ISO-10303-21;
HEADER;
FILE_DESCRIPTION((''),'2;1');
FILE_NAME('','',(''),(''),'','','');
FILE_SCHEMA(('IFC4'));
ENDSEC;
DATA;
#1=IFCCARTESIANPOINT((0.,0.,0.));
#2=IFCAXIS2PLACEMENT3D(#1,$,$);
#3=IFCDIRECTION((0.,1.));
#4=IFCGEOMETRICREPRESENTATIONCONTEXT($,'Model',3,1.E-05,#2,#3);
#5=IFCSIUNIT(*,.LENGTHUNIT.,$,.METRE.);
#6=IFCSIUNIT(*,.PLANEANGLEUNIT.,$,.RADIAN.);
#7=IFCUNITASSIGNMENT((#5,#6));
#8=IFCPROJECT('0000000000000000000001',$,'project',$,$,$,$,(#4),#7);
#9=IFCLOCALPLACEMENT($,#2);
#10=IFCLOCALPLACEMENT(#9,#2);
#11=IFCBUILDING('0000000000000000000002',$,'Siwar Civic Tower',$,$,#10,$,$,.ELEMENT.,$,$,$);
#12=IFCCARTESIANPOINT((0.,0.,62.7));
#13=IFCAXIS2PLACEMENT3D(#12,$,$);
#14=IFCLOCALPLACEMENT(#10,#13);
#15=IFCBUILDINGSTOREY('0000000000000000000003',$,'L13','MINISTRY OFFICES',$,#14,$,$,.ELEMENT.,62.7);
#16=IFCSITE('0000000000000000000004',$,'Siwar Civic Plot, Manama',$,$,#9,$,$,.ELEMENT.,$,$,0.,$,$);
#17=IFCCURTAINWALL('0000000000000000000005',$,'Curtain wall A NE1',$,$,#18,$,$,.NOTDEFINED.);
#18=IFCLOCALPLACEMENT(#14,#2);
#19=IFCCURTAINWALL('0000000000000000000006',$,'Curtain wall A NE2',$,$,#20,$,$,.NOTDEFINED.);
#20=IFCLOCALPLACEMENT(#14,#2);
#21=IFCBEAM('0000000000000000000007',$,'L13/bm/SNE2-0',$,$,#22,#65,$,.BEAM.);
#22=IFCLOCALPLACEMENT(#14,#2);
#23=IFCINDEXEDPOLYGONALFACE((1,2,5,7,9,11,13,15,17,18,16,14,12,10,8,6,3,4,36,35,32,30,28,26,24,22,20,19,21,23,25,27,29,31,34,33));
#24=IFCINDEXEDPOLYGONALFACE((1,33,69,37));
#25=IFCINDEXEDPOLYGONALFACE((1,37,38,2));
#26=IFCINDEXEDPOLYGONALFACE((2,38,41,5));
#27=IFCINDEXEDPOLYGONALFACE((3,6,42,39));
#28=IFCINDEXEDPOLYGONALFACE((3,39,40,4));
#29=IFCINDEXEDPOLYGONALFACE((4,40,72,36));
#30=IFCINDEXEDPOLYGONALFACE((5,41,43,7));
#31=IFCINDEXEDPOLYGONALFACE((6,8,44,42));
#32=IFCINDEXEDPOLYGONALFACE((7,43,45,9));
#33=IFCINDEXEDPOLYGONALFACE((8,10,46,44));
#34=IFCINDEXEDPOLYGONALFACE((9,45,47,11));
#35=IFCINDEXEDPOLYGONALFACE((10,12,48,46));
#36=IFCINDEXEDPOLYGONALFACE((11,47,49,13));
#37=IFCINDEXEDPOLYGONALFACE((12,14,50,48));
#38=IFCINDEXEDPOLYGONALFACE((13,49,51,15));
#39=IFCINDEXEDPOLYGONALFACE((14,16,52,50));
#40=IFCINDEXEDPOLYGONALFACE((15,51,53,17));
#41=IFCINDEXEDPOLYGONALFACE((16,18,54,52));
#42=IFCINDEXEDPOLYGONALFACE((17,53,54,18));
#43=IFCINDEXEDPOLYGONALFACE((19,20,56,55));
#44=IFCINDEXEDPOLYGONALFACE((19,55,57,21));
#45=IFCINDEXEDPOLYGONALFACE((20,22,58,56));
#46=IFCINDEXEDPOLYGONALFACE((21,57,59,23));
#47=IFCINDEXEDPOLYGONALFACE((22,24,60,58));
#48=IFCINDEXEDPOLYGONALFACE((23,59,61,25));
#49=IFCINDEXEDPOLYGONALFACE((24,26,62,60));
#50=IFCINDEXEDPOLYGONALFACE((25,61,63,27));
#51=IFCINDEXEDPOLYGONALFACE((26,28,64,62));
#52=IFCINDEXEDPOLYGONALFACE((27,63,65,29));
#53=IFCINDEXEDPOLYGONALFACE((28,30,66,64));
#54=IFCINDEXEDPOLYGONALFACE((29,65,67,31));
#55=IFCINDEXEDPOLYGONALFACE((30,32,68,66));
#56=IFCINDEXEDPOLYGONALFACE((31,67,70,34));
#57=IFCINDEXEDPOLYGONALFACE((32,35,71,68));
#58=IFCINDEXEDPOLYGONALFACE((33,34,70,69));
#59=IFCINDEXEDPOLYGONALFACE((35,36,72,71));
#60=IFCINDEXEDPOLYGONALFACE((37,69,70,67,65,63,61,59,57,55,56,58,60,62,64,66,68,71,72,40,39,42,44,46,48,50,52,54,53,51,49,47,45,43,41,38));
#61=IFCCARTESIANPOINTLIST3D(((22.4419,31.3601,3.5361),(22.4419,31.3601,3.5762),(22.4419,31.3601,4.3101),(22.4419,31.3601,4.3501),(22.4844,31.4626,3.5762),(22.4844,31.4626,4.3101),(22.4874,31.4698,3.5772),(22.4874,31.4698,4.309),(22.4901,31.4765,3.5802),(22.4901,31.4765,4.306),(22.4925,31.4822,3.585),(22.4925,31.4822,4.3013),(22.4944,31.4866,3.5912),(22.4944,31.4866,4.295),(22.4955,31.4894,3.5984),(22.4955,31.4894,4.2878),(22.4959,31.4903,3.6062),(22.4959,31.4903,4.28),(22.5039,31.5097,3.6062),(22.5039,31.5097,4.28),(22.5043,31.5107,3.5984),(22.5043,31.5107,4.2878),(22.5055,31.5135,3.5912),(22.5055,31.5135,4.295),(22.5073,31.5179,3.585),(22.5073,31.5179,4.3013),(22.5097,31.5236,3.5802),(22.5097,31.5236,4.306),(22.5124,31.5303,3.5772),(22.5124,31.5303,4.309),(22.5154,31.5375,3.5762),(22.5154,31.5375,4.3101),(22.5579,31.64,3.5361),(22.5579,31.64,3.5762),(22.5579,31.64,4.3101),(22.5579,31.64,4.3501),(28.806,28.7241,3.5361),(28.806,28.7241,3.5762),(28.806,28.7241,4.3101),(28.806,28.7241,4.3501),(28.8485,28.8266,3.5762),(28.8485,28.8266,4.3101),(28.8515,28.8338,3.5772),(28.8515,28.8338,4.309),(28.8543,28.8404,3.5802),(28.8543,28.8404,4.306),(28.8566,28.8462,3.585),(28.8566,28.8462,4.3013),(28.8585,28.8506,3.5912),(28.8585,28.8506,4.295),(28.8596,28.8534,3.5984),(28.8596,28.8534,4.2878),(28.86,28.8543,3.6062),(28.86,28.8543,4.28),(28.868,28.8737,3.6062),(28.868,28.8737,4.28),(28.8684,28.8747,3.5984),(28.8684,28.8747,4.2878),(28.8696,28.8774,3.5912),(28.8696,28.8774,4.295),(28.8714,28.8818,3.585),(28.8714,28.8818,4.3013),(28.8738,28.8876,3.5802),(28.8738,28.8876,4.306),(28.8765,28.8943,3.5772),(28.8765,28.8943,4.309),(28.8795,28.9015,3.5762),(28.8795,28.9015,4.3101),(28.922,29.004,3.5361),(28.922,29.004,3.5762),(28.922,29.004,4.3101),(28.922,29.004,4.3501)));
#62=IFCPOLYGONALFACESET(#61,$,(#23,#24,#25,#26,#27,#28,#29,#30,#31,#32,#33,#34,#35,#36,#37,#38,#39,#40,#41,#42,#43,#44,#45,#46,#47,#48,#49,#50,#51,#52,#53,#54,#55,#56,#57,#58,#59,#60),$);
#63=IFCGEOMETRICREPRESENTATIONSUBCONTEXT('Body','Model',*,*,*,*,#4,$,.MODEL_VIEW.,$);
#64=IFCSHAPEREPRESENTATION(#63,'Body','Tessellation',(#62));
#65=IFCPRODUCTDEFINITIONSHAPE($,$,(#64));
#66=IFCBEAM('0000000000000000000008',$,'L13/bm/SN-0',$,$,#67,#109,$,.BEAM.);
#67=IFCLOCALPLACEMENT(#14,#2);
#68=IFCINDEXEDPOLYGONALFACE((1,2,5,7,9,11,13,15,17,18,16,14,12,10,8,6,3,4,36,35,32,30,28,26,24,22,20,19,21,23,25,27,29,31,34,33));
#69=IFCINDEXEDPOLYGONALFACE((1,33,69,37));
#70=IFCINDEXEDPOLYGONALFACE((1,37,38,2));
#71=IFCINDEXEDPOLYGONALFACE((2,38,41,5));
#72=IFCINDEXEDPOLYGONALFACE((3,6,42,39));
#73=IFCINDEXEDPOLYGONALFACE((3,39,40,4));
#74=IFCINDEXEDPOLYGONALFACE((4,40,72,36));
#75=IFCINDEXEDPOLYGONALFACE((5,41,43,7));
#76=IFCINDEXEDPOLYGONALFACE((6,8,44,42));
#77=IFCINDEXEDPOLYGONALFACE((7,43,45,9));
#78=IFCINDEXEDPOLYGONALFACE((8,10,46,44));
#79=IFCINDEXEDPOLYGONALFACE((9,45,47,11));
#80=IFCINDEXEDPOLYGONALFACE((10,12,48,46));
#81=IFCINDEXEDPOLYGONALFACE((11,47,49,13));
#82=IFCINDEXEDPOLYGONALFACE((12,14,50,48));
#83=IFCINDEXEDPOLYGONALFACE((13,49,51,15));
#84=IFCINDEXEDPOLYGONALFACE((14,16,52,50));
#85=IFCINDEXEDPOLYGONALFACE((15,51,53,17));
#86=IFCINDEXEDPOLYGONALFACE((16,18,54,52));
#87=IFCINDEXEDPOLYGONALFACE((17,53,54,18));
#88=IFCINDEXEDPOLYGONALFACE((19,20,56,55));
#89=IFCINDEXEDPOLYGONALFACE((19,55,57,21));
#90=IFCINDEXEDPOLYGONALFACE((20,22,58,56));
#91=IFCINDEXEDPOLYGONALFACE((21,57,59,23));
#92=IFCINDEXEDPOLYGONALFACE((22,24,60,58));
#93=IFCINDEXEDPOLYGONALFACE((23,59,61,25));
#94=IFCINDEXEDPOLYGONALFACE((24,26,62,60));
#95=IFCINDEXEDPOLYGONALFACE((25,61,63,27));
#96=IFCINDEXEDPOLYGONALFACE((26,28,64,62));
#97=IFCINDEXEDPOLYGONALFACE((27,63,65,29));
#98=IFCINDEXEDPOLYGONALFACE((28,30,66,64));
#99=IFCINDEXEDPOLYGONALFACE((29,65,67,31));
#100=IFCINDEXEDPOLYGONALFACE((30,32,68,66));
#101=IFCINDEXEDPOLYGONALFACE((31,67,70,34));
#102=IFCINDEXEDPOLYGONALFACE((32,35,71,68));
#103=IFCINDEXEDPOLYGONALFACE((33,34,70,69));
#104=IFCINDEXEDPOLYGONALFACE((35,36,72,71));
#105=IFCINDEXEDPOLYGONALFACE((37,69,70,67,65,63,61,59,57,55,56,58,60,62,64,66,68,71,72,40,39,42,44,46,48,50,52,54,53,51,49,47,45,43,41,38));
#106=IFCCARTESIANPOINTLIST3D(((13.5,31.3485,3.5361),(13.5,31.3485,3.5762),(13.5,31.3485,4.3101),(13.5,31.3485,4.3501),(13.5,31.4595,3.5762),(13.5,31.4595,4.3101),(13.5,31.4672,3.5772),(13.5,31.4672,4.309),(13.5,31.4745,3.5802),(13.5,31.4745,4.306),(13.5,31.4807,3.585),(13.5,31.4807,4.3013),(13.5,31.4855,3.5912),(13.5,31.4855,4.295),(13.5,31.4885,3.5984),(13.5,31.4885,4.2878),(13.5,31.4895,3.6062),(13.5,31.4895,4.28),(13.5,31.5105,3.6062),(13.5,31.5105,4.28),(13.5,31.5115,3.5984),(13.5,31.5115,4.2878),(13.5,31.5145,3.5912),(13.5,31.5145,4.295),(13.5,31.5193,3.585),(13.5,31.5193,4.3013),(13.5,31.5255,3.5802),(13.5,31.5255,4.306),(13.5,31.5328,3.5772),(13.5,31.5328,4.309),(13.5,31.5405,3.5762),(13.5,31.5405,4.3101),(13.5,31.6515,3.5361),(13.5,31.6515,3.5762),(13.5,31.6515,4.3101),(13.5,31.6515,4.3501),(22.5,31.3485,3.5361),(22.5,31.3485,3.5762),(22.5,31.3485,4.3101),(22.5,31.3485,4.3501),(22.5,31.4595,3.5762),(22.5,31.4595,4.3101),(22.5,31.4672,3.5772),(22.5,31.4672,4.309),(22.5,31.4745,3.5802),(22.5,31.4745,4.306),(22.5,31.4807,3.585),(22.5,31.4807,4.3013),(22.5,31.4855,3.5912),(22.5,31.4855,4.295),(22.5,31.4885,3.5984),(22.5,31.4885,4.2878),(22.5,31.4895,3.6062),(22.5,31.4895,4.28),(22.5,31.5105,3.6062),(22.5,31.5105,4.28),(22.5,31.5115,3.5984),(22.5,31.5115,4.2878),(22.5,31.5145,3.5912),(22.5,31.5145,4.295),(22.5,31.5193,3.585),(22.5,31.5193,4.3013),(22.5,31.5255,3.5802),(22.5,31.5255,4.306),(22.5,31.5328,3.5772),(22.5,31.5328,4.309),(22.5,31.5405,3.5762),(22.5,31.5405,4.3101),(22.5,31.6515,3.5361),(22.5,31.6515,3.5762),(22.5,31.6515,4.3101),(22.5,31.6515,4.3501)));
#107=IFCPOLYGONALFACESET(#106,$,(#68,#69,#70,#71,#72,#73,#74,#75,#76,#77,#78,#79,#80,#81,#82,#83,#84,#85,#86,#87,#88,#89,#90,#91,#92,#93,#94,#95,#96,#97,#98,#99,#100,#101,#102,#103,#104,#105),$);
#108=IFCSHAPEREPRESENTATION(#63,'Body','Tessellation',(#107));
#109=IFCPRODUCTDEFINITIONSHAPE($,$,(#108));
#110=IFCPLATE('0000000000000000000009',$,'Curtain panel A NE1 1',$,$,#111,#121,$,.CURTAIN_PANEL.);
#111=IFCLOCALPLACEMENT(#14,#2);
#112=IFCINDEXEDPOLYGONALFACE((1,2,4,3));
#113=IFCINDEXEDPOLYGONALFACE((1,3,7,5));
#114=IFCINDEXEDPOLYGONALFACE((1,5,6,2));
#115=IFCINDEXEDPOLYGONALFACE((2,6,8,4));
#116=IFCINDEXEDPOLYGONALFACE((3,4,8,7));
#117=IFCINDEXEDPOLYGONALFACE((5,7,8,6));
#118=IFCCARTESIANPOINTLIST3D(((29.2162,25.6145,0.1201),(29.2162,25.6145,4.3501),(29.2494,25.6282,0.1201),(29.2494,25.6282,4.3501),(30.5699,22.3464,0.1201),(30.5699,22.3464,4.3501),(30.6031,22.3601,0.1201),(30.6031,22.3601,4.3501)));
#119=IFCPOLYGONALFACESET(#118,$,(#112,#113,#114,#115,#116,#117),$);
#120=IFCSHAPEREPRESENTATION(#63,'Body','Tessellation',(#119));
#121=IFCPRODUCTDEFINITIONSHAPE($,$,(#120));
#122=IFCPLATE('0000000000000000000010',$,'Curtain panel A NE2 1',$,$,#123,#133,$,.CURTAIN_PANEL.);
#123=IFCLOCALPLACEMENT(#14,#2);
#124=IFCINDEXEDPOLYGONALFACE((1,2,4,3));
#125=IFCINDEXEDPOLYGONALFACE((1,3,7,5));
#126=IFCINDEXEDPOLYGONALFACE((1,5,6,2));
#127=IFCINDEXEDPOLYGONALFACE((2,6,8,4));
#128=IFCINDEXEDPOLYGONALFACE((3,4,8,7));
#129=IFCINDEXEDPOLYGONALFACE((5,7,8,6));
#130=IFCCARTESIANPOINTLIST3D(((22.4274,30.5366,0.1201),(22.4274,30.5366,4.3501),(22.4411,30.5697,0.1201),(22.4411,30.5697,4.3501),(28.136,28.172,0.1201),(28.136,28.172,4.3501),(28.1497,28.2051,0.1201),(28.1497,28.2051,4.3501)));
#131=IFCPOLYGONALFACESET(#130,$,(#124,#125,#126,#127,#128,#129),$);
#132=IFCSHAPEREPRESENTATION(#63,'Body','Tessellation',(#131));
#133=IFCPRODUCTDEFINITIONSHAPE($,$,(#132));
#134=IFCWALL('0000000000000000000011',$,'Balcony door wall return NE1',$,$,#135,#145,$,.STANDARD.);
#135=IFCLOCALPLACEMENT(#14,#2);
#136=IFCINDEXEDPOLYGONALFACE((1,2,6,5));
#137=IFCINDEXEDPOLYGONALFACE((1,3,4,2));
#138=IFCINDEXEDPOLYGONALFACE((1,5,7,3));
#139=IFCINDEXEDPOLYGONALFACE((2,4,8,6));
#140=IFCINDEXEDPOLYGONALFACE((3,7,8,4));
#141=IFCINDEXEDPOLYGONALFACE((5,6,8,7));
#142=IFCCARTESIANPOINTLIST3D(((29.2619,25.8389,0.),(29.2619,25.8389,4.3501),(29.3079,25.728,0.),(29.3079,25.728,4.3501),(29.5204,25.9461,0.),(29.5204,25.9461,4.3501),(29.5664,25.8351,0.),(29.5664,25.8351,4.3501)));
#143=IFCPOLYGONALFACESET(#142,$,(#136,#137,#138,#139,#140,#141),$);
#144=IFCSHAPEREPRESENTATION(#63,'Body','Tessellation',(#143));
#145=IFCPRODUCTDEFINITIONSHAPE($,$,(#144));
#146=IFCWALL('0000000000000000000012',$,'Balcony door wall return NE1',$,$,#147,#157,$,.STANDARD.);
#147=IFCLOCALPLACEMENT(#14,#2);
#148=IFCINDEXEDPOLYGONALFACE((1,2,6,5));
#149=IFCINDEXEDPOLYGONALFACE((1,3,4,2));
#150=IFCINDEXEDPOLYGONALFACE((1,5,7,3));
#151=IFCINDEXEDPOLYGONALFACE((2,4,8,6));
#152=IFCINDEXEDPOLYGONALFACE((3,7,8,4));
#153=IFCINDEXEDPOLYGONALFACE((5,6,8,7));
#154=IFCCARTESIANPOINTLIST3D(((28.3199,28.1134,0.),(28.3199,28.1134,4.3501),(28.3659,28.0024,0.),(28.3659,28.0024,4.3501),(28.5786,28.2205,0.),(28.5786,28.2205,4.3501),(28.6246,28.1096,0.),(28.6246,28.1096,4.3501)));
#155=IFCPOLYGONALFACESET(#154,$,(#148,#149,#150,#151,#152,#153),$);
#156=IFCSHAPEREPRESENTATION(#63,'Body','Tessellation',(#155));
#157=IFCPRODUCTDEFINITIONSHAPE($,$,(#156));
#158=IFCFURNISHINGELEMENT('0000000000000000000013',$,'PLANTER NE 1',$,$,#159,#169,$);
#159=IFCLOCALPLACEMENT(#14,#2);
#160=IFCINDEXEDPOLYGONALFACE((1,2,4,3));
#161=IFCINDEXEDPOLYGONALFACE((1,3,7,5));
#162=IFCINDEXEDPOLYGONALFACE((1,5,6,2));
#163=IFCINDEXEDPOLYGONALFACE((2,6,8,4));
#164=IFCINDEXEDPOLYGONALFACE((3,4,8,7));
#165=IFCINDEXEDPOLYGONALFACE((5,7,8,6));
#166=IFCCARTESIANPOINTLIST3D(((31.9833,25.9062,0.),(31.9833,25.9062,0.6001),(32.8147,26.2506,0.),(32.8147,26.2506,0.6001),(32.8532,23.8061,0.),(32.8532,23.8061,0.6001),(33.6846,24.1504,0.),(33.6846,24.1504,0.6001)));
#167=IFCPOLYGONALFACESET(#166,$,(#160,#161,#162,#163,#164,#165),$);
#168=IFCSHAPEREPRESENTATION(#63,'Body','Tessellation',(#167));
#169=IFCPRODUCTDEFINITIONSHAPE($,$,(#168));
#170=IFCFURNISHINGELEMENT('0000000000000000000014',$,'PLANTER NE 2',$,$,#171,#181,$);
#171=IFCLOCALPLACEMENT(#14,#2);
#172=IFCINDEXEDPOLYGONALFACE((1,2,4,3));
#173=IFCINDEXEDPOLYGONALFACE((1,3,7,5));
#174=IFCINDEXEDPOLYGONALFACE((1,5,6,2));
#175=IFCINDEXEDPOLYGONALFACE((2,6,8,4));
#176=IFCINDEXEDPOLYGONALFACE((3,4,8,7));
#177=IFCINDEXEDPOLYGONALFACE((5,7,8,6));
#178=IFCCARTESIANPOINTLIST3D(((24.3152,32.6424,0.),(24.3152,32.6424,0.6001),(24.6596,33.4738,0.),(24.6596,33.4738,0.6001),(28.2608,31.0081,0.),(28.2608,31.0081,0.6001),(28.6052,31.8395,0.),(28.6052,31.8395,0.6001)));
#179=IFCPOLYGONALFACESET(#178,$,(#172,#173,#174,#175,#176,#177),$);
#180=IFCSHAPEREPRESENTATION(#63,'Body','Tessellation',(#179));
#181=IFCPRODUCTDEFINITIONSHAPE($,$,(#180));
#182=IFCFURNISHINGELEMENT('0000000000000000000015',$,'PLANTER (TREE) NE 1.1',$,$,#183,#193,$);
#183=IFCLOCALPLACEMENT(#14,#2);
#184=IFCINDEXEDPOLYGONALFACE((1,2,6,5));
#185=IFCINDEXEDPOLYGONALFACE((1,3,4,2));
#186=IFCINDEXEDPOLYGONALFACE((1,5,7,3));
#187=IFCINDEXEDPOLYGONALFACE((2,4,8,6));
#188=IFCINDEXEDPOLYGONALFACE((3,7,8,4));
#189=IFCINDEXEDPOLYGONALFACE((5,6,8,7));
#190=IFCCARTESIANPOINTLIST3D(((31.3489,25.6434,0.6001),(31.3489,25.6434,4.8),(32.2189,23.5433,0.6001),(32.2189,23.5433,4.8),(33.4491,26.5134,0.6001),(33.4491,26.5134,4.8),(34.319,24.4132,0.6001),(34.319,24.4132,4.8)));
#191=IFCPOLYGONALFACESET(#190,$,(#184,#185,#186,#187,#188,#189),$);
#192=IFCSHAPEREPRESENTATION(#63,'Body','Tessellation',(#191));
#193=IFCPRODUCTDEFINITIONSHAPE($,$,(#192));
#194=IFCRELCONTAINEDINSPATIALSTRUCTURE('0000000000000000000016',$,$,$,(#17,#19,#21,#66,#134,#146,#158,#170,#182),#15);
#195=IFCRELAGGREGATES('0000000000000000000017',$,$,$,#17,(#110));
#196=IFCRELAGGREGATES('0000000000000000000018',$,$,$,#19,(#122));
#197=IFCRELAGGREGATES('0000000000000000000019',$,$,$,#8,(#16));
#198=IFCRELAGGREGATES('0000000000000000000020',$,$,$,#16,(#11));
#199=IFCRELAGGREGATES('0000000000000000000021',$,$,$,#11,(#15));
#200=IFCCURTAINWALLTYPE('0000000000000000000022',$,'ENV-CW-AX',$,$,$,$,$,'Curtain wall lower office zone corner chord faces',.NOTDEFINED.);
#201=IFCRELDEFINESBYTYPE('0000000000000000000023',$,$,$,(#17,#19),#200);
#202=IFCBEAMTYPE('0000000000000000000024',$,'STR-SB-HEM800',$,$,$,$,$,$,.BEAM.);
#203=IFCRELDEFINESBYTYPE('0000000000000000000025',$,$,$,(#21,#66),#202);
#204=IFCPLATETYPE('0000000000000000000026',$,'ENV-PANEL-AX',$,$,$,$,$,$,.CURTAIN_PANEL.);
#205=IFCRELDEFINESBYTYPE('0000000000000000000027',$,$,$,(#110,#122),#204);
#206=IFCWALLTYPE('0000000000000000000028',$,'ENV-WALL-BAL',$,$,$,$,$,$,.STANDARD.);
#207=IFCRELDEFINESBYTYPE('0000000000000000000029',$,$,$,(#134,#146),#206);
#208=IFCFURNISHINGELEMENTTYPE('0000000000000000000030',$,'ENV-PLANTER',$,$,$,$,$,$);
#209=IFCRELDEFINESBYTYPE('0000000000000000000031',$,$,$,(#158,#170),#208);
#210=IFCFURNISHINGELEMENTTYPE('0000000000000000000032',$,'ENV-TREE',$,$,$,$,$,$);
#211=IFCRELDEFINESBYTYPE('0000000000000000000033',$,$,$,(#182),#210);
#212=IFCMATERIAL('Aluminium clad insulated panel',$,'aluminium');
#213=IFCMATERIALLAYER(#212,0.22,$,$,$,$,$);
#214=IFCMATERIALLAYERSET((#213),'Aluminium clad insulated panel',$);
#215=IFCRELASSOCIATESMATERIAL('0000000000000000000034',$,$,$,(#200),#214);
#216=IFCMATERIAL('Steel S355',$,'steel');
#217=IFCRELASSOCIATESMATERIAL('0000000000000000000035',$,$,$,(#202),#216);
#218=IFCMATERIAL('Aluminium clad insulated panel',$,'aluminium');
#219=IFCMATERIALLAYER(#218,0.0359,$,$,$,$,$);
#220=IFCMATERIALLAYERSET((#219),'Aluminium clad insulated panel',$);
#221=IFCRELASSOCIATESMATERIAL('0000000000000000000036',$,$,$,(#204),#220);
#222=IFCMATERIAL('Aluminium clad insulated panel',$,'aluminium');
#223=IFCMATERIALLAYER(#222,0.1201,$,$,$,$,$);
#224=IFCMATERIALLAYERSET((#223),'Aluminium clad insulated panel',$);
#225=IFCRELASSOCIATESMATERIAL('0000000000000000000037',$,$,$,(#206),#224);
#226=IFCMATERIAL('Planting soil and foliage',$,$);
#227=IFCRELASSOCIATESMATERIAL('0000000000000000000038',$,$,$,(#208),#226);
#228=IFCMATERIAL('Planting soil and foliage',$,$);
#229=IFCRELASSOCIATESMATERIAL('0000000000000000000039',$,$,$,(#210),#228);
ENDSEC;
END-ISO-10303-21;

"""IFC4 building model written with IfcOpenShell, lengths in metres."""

from ifc_helpers import new_model, si_unit, direction, frame, frame_2d, origin, origin_2d, place, context, subcontext, project, spatial, rectangle, i_section, extrude, material, layer, layer_set, material_profile, profile_set, type_object, element, aggregate, save


model = new_model("IFC4")

# Units and contexts
model_context = context("Model", 3, precision=1e-05, world=origin(), true_north=direction((0.0, 1.0)))
body_context = subcontext(model_context, "Body", "Model", "MODEL_VIEW")
ifc_project = project(units=[si_unit("LENGTHUNIT", "METRE"), si_unit("PLANEANGLEUNIT", "RADIAN")], contexts=[model_context])

# Site, building, storey
site_placement = place(None, origin())
site = spatial("IfcSite", under=ifc_project, at=site_placement, Name="Siwar Civic Plot, Manama", CompositionType="ELEMENT", RefElevation=0.0)
building_placement = place(site_placement, origin())
building = spatial("IfcBuilding", under=site, at=building_placement, Name="Siwar Civic Tower", CompositionType="ELEMENT")
storey_placement = place(building_placement, frame((0.0, 0.0, 62.7)))
storey = spatial("IfcBuildingStorey", under=building, at=storey_placement, Name="L13", Description="MINISTRY OFFICES", CompositionType="ELEMENT", Elevation=62.7)

# Curtain walls
ifc_material_1 = material(Name="Aluminium clad insulated panel", Category="aluminium")
ifc_layer_1 = layer(ifc_material_1, 0.22)
ifc_layer_set_1 = layer_set([ifc_layer_1], Name="Aluminium clad insulated panel")
curtain_wall_type_1 = type_object("IfcCurtainWallType", Name="ENV-CW-AX", ElementType="Curtain wall lower office zone corner chord faces", PredefinedType="NOTDEFINED", material=ifc_layer_set_1)
curtain_wall_1_placement = place(storey_placement, origin())
curtain_wall_1 = element("IfcCurtainWall", 1, at=curtain_wall_1_placement, inside=storey, type_object=curtain_wall_type_1, Name="Curtain wall A NE1", PredefinedType="NOTDEFINED")
curtain_wall_2_placement = place(storey_placement, origin())
curtain_wall_2 = element("IfcCurtainWall", 2, at=curtain_wall_2_placement, inside=storey, type_object=curtain_wall_type_1, Name="Curtain wall A NE2", PredefinedType="NOTDEFINED")

# Beams
ifc_material_2 = material(Name="Steel S355", Category="steel")
ifc_material_profile_1 = material_profile(ifc_material_2, i_section(OverallWidth=0.303, OverallDepth=0.814, WebThickness=0.021, FlangeThickness=0.04, FilletRadius=0.03, at=origin_2d()), Name="HEM800")
ifc_profile_set_1 = profile_set([ifc_material_profile_1], Name="Steel S355")
beam_type_1 = type_object("IfcBeamType", Name="STR-SB-HEM800", PredefinedType="BEAM", material=ifc_profile_set_1)
beam_1_placement = place(storey_placement, frame((28.864, 28.864, 3.9431), z_axis=(-0.923883, 0.382674, 0.0), x_axis=(-0.382674, -0.923883, 0.0)))
element("IfcBeam", 3, at=beam_1_placement, inside=storey, type_object=beam_type_1, Name="L13/bm/SNE2-0", PredefinedType="BEAM", context=body_context, shape_type="SweptSolid", body=[
    extrude(i_section(OverallWidth=0.303, OverallDepth=0.814, WebThickness=0.021, FlangeThickness=0.04, FilletRadius=0.03, at=origin_2d()), origin(), (0.0, 0.0, 1.0), 6.8884),
])
beam_2_placement = place(storey_placement, frame((22.5, 31.5, 3.9431), z_axis=(-1.0, 0.0, 0.0), x_axis=(0.0, -1.0, 0.0)))
element("IfcBeam", 4, at=beam_2_placement, inside=storey, type_object=beam_type_1, Name="L13/bm/SN-0", PredefinedType="BEAM", context=body_context, shape_type="SweptSolid", body=[
    extrude(i_section(OverallWidth=0.303, OverallDepth=0.814, WebThickness=0.021, FlangeThickness=0.04, FilletRadius=0.03, at=origin_2d()), origin(), (0.0, 0.0, 1.0), 9.0),
])

# Plates
ifc_material_3 = material(Name="Aluminium clad insulated panel", Category="aluminium")
ifc_layer_2 = layer(ifc_material_3, 0.0359)
ifc_layer_set_2 = layer_set([ifc_layer_2], Name="Aluminium clad insulated panel")
plate_type = type_object("IfcPlateType", Name="ENV-PANEL-AX", PredefinedType="CURTAIN_PANEL", material=ifc_layer_set_2)
plate_1_placement = place(storey_placement, frame((29.9097, 23.9873, 0.1201), z_axis=(0.0, 0.0, 1.0), x_axis=(-0.382683, 0.92388, 0.0)))
plate_1 = element("IfcPlate", 5, at=plate_1_placement, type_object=plate_type, Name="Curtain panel A NE1 1", PredefinedType="CURTAIN_PANEL", context=body_context, shape_type="SweptSolid", body=[
    extrude(rectangle(XDim=3.5374, YDim=0.0359, at=origin_2d()), origin(), (0.0, 0.0, 1.0), 4.23),
])
aggregate(curtain_wall_1, [plate_1])
plate_2_placement = place(storey_placement, frame((25.2886, 29.3708, 0.1201), z_axis=(0.0, 0.0, 1.0), x_axis=(-0.92388, 0.382683, 0.0)))
plate_2 = element("IfcPlate", 6, at=plate_2_placement, type_object=plate_type, Name="Curtain panel A NE2 1", PredefinedType="CURTAIN_PANEL", context=body_context, shape_type="SweptSolid", body=[
    extrude(rectangle(XDim=6.179, YDim=0.0359, at=origin_2d()), origin(), (0.0, 0.0, 1.0), 4.23),
])
aggregate(curtain_wall_2, [plate_2])

# Walls
ifc_material_4 = material(Name="Aluminium clad insulated panel", Category="aluminium")
ifc_layer_3 = layer(ifc_material_4, 0.1201)
ifc_layer_set_3 = layer_set([ifc_layer_3], Name="Aluminium clad insulated panel")
wall_type = type_object("IfcWallType", Name="ENV-WALL-BAL", PredefinedType="STANDARD", material=ifc_layer_set_3)
wall_1_placement = place(storey_placement, frame((29.2849, 25.7834, 0.0), z_axis=(0.0, 0.0, 1.0), x_axis=(0.923772, 0.382942, 0.0)))
element("IfcWall", 7, at=wall_1_placement, inside=storey, type_object=wall_type, Name="Balcony door wall return NE1", PredefinedType="STANDARD", context=body_context, shape_type="SweptSolid", body=[
    extrude(rectangle(XDim=0.2798, YDim=0.1201, at=frame_2d((0.1399, 0.0))), origin(), (0.0, 0.0, 1.0), 4.3501),
])
wall_2_placement = place(storey_placement, frame((28.3428, 28.0579, 0.0), z_axis=(0.0, 0.0, 1.0), x_axis=(0.9239, 0.382634, 0.0)))
element("IfcWall", 8, at=wall_2_placement, inside=storey, type_object=wall_type, Name="Balcony door wall return NE1", PredefinedType="STANDARD", context=body_context, shape_type="SweptSolid", body=[
    extrude(rectangle(XDim=0.28, YDim=0.1201, at=frame_2d((0.1401, 0.0))), origin(), (0.0, 0.0, 1.0), 4.3501),
])

# Furnishing elements
ifc_material_5 = material(Name="Planting soil and foliage")
furnishing_element_type_1 = type_object("IfcFurnishingElementType", Name="ENV-PLANTER", material=ifc_material_5)
furnishing_1_placement = place(storey_placement, frame((32.834, 25.0283, 0.0), z_axis=(0.0, 0.0, 1.0), x_axis=(-0.382683, 0.92388, 0.0)))
element("IfcFurnishingElement", 9, at=furnishing_1_placement, inside=storey, type_object=furnishing_element_type_1, Name="PLANTER NE 1", context=body_context, shape_type="SweptSolid", body=[
    extrude(rectangle(XDim=2.2732, YDim=0.8999, at=origin_2d()), origin(), (0.0, 0.0, 1.0), 0.6001),
])
furnishing_2_placement = place(storey_placement, frame((26.4602, 32.241, 0.0), z_axis=(0.0, 0.0, 1.0), x_axis=(-0.92388, 0.382683, 0.0)))
element("IfcFurnishingElement", 10, at=furnishing_2_placement, inside=storey, type_object=furnishing_element_type_1, Name="PLANTER NE 2", context=body_context, shape_type="SweptSolid", body=[
    extrude(rectangle(XDim=4.2708, YDim=0.8999, at=origin_2d()), origin(), (0.0, 0.0, 1.0), 0.6001),
])
ifc_material_6 = material(Name="Planting soil and foliage")
furnishing_element_type_2 = type_object("IfcFurnishingElementType", Name="ENV-TREE", material=ifc_material_6)
furnishing_3_placement = place(storey_placement, frame((32.834, 25.0283, 0.6001), z_axis=(0.0, 0.0, 1.0), x_axis=(-0.382683, 0.92388, 0.0)))
element("IfcFurnishingElement", 11, at=furnishing_3_placement, inside=storey, type_object=furnishing_element_type_2, Name="PLANTER (TREE) NE 1.1", context=body_context, shape_type="SweptSolid", body=[
    extrude(rectangle(XDim=2.2732, YDim=2.2732, at=origin_2d()), origin(), (0.0, 0.0, 1.0), 4.2),
])

save(model, "model.ifc")
